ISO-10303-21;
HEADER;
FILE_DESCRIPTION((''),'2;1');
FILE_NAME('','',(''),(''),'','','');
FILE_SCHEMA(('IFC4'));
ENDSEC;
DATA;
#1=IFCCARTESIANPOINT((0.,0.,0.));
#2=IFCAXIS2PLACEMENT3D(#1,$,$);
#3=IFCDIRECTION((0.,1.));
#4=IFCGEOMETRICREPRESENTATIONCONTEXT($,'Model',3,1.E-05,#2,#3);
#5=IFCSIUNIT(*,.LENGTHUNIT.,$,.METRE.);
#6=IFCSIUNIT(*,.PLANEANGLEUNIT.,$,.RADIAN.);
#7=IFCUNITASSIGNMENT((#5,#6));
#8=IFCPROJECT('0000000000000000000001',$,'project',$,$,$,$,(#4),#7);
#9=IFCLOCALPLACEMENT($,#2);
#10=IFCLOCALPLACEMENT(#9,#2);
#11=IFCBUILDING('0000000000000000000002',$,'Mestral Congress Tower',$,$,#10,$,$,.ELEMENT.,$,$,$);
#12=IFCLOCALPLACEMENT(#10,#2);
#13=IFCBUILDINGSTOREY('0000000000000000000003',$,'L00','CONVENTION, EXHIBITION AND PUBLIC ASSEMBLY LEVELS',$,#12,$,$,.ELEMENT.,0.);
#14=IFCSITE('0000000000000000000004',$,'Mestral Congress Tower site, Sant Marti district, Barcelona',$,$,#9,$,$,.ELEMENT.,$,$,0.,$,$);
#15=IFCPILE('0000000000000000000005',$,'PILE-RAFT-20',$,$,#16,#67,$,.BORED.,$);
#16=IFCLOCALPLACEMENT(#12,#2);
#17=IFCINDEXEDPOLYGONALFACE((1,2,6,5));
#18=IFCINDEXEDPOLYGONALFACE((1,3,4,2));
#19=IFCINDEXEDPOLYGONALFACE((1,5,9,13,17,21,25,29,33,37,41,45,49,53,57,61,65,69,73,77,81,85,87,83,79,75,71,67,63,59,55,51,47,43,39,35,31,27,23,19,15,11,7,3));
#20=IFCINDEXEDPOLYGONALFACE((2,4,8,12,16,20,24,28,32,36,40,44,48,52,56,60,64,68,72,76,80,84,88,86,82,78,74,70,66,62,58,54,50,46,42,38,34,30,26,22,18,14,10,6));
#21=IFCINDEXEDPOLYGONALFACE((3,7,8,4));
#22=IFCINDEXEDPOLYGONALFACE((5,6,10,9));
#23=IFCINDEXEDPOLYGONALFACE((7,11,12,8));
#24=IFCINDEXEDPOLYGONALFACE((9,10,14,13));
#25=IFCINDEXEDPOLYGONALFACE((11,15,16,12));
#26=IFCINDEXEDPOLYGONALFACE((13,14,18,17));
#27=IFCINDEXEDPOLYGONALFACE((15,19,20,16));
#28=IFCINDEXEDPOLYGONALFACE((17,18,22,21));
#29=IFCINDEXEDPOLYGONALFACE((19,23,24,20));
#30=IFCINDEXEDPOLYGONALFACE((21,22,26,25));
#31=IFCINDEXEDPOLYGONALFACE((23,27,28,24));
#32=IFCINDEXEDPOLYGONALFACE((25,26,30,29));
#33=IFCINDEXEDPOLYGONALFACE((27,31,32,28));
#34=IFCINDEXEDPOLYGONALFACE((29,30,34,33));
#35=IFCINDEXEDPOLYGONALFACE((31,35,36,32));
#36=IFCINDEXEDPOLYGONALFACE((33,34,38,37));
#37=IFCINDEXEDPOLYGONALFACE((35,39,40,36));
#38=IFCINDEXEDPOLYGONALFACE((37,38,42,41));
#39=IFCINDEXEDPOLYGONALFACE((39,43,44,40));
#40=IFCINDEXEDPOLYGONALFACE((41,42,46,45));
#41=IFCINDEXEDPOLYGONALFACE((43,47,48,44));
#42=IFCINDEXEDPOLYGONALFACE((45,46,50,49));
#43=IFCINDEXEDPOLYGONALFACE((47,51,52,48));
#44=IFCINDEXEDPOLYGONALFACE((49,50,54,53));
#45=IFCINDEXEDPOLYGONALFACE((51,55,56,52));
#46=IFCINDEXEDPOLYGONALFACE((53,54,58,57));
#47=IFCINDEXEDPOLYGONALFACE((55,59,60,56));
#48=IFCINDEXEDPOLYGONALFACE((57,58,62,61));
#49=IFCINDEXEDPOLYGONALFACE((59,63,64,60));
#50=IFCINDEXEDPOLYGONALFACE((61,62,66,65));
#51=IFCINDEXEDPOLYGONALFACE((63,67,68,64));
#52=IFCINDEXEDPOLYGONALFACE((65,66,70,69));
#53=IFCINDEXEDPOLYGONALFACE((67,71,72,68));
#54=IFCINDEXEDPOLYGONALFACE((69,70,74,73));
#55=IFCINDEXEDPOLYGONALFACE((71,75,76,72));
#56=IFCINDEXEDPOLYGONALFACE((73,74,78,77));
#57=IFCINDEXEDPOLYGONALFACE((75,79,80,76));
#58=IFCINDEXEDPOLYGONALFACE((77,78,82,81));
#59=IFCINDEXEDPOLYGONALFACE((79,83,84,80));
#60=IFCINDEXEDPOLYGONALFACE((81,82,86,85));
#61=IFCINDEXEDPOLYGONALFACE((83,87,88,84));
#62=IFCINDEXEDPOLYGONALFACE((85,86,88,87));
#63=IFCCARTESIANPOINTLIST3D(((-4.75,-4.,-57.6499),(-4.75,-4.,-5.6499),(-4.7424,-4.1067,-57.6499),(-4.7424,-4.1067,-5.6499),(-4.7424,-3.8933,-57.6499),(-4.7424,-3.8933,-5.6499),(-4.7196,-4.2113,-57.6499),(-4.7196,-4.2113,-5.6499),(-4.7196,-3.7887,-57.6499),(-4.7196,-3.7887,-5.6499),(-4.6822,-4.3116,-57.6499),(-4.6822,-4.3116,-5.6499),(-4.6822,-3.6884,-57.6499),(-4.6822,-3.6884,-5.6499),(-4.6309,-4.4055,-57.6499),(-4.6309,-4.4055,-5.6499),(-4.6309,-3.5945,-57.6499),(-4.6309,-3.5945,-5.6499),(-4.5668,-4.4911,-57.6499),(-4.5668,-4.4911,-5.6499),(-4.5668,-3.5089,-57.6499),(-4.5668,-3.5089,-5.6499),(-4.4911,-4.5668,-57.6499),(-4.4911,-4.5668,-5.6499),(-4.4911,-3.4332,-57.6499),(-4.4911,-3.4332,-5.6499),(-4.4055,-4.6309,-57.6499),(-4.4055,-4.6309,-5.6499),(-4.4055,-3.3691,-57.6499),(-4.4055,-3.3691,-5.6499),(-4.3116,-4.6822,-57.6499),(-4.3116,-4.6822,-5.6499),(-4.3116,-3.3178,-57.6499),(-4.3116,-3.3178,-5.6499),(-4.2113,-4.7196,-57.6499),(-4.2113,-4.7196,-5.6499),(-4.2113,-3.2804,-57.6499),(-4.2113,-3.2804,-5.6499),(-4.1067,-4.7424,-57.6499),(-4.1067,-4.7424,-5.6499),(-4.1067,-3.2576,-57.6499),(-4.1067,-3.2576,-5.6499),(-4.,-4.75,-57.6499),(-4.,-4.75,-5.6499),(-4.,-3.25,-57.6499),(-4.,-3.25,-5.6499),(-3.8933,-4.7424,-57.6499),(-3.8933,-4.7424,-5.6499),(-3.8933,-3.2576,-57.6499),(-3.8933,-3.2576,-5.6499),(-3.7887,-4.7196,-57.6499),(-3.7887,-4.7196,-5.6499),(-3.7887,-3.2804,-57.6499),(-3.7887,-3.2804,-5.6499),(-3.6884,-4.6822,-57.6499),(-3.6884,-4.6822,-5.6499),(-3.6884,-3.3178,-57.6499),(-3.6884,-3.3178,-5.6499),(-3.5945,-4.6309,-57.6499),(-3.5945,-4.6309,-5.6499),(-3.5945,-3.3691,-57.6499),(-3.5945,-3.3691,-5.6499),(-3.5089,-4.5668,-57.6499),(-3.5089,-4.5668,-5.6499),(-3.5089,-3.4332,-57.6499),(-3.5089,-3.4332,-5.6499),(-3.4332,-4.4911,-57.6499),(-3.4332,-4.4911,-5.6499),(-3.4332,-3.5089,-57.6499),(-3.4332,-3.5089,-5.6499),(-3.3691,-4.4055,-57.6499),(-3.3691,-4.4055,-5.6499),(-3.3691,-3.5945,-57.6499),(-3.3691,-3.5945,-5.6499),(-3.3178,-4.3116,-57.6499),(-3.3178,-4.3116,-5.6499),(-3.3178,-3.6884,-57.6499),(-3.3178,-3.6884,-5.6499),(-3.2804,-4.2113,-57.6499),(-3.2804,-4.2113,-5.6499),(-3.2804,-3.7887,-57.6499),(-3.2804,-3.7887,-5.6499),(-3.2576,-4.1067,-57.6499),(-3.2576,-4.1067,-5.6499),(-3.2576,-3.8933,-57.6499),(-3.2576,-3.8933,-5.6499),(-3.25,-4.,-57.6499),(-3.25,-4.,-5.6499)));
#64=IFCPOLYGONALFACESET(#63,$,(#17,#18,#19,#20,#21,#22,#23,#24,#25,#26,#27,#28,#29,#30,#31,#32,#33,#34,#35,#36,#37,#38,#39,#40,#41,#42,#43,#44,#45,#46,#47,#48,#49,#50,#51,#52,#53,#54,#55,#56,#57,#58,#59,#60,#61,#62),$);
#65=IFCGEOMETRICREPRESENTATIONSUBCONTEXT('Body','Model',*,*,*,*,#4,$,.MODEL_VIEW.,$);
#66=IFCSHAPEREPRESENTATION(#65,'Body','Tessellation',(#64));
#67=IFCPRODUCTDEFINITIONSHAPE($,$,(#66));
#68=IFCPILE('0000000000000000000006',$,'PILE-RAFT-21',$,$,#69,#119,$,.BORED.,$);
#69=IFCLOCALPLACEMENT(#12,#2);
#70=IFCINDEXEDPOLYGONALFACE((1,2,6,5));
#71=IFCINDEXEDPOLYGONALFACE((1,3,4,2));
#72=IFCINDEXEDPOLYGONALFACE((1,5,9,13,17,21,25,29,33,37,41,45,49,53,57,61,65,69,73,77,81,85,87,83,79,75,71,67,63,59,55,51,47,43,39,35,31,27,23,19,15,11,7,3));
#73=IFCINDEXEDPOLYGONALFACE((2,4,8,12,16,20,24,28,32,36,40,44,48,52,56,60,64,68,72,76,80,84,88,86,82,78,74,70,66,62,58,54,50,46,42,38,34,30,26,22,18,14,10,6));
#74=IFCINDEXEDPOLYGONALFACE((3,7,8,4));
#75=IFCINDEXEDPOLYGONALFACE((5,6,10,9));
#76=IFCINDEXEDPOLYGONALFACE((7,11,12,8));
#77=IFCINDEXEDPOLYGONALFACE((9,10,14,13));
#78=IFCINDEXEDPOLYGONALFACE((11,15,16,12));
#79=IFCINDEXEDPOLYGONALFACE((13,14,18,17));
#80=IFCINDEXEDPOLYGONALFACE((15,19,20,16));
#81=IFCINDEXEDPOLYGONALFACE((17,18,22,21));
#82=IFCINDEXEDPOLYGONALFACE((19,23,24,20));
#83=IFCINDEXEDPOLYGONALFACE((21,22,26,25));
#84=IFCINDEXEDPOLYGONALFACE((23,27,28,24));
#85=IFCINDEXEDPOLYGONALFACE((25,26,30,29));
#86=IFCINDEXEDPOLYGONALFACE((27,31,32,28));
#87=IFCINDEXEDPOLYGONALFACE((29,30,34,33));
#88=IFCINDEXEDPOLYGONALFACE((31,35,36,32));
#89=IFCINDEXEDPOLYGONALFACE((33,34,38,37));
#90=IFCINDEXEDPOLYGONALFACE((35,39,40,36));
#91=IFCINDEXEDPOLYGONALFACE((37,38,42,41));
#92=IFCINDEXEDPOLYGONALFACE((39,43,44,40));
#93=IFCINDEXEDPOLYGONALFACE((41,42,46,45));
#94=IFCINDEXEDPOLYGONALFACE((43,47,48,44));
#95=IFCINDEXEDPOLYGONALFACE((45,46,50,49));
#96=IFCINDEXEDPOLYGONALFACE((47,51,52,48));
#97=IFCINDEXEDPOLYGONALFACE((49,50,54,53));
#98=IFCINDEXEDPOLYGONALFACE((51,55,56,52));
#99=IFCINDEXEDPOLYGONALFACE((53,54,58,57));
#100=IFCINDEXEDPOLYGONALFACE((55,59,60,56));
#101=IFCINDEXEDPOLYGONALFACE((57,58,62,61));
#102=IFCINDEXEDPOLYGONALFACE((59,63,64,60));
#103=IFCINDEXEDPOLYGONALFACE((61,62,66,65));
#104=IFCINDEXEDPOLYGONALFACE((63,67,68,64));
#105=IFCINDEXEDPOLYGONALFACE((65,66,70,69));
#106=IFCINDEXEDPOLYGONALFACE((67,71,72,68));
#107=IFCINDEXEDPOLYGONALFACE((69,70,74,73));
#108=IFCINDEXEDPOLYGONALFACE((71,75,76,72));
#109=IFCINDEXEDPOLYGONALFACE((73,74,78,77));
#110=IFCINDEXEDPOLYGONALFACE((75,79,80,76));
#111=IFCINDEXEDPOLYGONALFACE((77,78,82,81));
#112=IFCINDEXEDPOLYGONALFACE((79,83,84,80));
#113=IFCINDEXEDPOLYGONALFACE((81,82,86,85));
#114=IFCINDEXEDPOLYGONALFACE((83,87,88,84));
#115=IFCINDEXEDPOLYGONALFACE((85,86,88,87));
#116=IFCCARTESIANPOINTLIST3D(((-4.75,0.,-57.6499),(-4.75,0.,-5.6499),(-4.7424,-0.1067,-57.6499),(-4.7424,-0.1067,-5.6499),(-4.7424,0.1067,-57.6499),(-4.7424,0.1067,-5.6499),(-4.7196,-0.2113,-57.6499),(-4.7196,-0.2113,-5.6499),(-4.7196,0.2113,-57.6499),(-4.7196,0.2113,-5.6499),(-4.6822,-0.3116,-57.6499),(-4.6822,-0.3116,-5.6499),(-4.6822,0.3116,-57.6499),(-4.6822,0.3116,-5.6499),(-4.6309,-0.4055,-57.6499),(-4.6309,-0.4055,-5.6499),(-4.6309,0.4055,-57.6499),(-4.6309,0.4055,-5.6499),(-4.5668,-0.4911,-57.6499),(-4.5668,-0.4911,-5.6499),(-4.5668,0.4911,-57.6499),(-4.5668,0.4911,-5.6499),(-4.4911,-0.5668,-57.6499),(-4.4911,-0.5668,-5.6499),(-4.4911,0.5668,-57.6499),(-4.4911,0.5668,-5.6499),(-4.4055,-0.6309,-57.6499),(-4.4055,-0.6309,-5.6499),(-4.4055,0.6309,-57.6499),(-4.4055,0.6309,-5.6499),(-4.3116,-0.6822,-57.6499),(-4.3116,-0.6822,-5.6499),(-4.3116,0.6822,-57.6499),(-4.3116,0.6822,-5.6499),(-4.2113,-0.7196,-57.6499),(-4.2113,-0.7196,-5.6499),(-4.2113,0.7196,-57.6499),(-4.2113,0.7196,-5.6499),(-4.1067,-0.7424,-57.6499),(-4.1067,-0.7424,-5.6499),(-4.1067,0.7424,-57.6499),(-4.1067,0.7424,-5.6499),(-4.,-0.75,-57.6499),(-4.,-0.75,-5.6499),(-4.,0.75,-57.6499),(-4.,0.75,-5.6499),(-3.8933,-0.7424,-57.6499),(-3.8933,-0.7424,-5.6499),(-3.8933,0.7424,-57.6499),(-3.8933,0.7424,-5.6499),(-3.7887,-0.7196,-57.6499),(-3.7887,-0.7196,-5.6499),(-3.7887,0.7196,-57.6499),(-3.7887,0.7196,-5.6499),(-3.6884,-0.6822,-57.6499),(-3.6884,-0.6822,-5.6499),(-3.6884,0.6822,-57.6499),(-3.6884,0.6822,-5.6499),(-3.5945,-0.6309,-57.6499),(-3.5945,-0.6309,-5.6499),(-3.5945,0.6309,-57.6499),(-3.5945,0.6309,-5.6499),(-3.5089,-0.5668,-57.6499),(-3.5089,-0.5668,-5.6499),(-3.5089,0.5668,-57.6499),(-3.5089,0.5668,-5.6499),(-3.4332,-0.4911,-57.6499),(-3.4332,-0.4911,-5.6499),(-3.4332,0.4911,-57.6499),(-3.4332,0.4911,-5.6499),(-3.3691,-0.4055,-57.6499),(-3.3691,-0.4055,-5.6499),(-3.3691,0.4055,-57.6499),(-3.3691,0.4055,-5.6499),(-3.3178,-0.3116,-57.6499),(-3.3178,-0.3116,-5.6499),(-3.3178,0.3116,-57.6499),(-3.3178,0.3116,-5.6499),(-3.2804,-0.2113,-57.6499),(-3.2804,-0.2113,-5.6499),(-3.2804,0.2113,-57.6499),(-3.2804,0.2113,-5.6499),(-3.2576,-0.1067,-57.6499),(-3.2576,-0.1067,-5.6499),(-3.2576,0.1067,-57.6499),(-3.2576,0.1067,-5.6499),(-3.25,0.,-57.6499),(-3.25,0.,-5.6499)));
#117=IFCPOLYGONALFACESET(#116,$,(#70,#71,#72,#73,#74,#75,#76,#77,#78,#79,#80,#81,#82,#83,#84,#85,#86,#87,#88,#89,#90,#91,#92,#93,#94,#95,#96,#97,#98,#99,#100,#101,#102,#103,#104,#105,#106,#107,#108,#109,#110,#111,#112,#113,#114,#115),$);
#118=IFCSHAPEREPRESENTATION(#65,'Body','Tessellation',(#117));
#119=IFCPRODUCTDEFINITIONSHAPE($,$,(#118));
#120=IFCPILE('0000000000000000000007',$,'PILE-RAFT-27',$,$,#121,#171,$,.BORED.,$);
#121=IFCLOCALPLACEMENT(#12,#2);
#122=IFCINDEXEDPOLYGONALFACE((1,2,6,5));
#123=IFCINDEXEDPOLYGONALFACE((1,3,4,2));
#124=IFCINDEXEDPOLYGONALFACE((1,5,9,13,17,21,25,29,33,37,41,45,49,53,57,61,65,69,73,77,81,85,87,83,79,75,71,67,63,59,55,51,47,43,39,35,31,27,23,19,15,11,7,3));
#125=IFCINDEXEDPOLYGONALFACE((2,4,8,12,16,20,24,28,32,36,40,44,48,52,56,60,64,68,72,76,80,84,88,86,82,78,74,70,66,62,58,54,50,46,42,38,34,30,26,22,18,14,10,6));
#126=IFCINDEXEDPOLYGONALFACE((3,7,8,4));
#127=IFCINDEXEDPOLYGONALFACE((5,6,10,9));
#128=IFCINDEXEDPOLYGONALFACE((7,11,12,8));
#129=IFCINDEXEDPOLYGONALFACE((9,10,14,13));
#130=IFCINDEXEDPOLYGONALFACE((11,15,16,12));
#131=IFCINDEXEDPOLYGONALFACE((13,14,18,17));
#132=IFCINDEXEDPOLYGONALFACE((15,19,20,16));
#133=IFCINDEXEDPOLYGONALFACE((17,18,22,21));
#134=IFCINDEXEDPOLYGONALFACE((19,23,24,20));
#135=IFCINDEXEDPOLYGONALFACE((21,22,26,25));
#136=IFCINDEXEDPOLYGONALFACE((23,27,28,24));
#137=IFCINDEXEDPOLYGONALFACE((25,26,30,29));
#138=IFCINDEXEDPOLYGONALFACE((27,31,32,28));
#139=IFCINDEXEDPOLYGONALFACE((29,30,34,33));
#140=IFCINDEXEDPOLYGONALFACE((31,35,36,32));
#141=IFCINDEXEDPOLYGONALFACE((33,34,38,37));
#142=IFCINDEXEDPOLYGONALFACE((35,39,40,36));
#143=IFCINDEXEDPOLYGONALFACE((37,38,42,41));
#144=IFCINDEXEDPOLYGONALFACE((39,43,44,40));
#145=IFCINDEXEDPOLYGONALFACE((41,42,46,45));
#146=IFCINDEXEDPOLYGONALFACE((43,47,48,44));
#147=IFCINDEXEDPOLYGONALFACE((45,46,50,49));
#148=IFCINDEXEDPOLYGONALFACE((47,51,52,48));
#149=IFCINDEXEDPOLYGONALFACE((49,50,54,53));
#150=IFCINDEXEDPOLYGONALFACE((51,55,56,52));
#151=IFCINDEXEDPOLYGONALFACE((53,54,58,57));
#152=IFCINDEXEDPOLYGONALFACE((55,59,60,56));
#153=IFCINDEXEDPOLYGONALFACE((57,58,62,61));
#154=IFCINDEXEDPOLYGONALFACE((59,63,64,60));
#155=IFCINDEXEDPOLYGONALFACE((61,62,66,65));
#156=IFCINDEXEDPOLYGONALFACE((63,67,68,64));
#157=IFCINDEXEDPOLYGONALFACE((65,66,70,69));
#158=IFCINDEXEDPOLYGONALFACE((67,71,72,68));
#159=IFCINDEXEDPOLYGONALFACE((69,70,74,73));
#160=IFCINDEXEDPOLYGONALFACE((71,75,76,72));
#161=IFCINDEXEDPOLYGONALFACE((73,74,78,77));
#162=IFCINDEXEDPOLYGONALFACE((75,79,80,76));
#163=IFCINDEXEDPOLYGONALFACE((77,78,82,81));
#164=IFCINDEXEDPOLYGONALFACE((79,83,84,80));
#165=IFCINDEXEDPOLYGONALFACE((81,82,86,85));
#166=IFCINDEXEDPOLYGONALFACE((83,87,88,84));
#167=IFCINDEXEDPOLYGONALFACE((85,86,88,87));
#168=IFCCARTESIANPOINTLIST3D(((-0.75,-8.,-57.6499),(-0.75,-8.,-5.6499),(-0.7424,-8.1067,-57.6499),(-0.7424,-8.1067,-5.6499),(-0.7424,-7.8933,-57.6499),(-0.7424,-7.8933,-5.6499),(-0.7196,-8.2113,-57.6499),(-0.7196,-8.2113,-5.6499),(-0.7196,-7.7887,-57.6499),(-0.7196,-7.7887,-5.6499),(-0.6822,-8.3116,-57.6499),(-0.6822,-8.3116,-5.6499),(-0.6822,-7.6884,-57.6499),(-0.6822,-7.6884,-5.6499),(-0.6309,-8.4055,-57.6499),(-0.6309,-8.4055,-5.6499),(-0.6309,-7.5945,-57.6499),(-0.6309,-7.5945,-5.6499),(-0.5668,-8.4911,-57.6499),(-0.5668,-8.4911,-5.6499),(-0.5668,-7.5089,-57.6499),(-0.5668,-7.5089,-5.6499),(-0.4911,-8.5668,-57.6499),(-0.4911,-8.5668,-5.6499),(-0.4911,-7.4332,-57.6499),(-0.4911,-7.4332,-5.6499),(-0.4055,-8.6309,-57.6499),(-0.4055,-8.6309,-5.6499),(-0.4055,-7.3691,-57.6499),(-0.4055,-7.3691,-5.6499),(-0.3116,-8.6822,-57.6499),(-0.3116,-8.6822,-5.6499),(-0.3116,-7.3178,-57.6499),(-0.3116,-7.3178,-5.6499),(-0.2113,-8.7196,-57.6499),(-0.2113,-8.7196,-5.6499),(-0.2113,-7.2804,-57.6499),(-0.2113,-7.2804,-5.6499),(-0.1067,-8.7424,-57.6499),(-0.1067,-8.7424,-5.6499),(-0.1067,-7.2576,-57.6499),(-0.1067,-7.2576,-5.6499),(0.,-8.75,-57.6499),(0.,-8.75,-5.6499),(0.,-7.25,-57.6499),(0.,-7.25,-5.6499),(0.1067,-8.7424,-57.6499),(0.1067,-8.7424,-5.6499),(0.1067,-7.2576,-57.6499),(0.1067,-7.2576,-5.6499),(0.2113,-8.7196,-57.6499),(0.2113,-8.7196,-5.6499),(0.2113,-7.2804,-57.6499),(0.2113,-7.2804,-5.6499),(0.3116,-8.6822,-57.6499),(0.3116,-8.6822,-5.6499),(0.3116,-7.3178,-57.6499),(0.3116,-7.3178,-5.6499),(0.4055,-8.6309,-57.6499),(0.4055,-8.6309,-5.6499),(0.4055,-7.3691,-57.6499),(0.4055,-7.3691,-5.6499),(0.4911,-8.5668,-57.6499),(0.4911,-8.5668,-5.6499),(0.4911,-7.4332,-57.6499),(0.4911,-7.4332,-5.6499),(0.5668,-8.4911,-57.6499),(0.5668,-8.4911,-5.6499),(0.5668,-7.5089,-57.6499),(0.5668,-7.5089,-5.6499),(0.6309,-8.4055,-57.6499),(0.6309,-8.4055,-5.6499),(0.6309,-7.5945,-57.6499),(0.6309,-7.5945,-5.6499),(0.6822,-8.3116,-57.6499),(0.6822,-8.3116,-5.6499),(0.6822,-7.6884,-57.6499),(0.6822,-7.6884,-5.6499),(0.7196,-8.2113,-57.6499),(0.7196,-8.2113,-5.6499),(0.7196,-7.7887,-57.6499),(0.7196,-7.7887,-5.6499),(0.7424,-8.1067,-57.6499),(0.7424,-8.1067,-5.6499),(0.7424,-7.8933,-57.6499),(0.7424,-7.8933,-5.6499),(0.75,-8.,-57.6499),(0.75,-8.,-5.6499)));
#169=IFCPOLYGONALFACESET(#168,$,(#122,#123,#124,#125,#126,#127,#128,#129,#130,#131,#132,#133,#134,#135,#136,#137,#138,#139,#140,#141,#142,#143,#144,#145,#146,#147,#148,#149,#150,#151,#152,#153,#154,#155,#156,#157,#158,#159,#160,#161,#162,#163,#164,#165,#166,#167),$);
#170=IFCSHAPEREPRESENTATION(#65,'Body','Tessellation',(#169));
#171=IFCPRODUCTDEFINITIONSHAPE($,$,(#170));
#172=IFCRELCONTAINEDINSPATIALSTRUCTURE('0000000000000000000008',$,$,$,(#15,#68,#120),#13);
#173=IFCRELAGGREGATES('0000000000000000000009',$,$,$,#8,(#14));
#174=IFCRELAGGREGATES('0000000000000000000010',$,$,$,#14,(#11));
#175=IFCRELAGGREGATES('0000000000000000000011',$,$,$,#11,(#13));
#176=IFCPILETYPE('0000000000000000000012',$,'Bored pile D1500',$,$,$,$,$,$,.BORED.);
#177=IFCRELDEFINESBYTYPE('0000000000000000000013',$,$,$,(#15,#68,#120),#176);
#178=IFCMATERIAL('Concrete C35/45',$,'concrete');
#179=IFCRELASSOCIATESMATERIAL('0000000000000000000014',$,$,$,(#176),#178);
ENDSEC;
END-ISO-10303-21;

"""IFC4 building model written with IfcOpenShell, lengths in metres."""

from ifc_helpers import new_model, si_unit, direction, frame, origin, origin_2d, place, context, subcontext, project, spatial, circle, extrude, material, material_profile, profile_set, type_object, element, save


model = new_model("IFC4")

# Units and contexts
model_context = context("Model", 3, precision=1e-05, world=origin(), true_north=direction((0.0, 1.0)))
body_context = subcontext(model_context, "Body", "Model", "MODEL_VIEW")
ifc_project = project(units=[si_unit("LENGTHUNIT", "METRE"), si_unit("PLANEANGLEUNIT", "RADIAN")], contexts=[model_context])

# Site, building, storey
site_placement = place(None, origin())
site = spatial("IfcSite", under=ifc_project, at=site_placement, Name="Mestral Congress Tower site, Sant Marti district, Barcelona", CompositionType="ELEMENT", RefElevation=0.0)
building_placement = place(site_placement, origin())
building = spatial("IfcBuilding", under=site, at=building_placement, Name="Mestral Congress Tower", CompositionType="ELEMENT")
storey_placement = place(building_placement, origin())
storey = spatial("IfcBuildingStorey", under=building, at=storey_placement, Name="L00", Description="CONVENTION, EXHIBITION AND PUBLIC ASSEMBLY LEVELS", CompositionType="ELEMENT", Elevation=0.0)

# Piles
ifc_material_1 = material(Name="Concrete C35/45", Category="concrete")
ifc_material_profile = material_profile(ifc_material_1, circle(Radius=0.75, at=origin_2d()), Name="D1500")
ifc_profile_set = profile_set([ifc_material_profile], Name="Concrete C35/45")
pile_type = type_object("IfcPileType", Name="Bored pile D1500", PredefinedType="BORED", material=ifc_profile_set)
for number, where, z_axis, x_axis, name in (
    (1, (-4.0, -4.0, -5.6499), (0.0, 0.0, -1.0), (1.0, 0.0, 0.0), "PILE-RAFT-20"),
    (2, (-4.0, 0.0, -5.6499), (0.0, 0.0, -1.0), (1.0, 0.0, 0.0), "PILE-RAFT-21"),
    (3, (0.0, -8.0, -5.6499), (0.0, 0.0, -1.0), (1.0, 0.0, 0.0), "PILE-RAFT-27"),
):
    element("IfcPile", number, at=place(storey_placement, frame(where, z_axis=z_axis, x_axis=x_axis)), inside=storey, type_object=pile_type, Name=name, PredefinedType="BORED", context=body_context, shape_type="SweptSolid", body=[
        extrude(circle(Radius=0.75, at=origin_2d()), origin(), (0.0, 0.0, 1.0), 52.0),
    ])

save(model, "model.ifc")
